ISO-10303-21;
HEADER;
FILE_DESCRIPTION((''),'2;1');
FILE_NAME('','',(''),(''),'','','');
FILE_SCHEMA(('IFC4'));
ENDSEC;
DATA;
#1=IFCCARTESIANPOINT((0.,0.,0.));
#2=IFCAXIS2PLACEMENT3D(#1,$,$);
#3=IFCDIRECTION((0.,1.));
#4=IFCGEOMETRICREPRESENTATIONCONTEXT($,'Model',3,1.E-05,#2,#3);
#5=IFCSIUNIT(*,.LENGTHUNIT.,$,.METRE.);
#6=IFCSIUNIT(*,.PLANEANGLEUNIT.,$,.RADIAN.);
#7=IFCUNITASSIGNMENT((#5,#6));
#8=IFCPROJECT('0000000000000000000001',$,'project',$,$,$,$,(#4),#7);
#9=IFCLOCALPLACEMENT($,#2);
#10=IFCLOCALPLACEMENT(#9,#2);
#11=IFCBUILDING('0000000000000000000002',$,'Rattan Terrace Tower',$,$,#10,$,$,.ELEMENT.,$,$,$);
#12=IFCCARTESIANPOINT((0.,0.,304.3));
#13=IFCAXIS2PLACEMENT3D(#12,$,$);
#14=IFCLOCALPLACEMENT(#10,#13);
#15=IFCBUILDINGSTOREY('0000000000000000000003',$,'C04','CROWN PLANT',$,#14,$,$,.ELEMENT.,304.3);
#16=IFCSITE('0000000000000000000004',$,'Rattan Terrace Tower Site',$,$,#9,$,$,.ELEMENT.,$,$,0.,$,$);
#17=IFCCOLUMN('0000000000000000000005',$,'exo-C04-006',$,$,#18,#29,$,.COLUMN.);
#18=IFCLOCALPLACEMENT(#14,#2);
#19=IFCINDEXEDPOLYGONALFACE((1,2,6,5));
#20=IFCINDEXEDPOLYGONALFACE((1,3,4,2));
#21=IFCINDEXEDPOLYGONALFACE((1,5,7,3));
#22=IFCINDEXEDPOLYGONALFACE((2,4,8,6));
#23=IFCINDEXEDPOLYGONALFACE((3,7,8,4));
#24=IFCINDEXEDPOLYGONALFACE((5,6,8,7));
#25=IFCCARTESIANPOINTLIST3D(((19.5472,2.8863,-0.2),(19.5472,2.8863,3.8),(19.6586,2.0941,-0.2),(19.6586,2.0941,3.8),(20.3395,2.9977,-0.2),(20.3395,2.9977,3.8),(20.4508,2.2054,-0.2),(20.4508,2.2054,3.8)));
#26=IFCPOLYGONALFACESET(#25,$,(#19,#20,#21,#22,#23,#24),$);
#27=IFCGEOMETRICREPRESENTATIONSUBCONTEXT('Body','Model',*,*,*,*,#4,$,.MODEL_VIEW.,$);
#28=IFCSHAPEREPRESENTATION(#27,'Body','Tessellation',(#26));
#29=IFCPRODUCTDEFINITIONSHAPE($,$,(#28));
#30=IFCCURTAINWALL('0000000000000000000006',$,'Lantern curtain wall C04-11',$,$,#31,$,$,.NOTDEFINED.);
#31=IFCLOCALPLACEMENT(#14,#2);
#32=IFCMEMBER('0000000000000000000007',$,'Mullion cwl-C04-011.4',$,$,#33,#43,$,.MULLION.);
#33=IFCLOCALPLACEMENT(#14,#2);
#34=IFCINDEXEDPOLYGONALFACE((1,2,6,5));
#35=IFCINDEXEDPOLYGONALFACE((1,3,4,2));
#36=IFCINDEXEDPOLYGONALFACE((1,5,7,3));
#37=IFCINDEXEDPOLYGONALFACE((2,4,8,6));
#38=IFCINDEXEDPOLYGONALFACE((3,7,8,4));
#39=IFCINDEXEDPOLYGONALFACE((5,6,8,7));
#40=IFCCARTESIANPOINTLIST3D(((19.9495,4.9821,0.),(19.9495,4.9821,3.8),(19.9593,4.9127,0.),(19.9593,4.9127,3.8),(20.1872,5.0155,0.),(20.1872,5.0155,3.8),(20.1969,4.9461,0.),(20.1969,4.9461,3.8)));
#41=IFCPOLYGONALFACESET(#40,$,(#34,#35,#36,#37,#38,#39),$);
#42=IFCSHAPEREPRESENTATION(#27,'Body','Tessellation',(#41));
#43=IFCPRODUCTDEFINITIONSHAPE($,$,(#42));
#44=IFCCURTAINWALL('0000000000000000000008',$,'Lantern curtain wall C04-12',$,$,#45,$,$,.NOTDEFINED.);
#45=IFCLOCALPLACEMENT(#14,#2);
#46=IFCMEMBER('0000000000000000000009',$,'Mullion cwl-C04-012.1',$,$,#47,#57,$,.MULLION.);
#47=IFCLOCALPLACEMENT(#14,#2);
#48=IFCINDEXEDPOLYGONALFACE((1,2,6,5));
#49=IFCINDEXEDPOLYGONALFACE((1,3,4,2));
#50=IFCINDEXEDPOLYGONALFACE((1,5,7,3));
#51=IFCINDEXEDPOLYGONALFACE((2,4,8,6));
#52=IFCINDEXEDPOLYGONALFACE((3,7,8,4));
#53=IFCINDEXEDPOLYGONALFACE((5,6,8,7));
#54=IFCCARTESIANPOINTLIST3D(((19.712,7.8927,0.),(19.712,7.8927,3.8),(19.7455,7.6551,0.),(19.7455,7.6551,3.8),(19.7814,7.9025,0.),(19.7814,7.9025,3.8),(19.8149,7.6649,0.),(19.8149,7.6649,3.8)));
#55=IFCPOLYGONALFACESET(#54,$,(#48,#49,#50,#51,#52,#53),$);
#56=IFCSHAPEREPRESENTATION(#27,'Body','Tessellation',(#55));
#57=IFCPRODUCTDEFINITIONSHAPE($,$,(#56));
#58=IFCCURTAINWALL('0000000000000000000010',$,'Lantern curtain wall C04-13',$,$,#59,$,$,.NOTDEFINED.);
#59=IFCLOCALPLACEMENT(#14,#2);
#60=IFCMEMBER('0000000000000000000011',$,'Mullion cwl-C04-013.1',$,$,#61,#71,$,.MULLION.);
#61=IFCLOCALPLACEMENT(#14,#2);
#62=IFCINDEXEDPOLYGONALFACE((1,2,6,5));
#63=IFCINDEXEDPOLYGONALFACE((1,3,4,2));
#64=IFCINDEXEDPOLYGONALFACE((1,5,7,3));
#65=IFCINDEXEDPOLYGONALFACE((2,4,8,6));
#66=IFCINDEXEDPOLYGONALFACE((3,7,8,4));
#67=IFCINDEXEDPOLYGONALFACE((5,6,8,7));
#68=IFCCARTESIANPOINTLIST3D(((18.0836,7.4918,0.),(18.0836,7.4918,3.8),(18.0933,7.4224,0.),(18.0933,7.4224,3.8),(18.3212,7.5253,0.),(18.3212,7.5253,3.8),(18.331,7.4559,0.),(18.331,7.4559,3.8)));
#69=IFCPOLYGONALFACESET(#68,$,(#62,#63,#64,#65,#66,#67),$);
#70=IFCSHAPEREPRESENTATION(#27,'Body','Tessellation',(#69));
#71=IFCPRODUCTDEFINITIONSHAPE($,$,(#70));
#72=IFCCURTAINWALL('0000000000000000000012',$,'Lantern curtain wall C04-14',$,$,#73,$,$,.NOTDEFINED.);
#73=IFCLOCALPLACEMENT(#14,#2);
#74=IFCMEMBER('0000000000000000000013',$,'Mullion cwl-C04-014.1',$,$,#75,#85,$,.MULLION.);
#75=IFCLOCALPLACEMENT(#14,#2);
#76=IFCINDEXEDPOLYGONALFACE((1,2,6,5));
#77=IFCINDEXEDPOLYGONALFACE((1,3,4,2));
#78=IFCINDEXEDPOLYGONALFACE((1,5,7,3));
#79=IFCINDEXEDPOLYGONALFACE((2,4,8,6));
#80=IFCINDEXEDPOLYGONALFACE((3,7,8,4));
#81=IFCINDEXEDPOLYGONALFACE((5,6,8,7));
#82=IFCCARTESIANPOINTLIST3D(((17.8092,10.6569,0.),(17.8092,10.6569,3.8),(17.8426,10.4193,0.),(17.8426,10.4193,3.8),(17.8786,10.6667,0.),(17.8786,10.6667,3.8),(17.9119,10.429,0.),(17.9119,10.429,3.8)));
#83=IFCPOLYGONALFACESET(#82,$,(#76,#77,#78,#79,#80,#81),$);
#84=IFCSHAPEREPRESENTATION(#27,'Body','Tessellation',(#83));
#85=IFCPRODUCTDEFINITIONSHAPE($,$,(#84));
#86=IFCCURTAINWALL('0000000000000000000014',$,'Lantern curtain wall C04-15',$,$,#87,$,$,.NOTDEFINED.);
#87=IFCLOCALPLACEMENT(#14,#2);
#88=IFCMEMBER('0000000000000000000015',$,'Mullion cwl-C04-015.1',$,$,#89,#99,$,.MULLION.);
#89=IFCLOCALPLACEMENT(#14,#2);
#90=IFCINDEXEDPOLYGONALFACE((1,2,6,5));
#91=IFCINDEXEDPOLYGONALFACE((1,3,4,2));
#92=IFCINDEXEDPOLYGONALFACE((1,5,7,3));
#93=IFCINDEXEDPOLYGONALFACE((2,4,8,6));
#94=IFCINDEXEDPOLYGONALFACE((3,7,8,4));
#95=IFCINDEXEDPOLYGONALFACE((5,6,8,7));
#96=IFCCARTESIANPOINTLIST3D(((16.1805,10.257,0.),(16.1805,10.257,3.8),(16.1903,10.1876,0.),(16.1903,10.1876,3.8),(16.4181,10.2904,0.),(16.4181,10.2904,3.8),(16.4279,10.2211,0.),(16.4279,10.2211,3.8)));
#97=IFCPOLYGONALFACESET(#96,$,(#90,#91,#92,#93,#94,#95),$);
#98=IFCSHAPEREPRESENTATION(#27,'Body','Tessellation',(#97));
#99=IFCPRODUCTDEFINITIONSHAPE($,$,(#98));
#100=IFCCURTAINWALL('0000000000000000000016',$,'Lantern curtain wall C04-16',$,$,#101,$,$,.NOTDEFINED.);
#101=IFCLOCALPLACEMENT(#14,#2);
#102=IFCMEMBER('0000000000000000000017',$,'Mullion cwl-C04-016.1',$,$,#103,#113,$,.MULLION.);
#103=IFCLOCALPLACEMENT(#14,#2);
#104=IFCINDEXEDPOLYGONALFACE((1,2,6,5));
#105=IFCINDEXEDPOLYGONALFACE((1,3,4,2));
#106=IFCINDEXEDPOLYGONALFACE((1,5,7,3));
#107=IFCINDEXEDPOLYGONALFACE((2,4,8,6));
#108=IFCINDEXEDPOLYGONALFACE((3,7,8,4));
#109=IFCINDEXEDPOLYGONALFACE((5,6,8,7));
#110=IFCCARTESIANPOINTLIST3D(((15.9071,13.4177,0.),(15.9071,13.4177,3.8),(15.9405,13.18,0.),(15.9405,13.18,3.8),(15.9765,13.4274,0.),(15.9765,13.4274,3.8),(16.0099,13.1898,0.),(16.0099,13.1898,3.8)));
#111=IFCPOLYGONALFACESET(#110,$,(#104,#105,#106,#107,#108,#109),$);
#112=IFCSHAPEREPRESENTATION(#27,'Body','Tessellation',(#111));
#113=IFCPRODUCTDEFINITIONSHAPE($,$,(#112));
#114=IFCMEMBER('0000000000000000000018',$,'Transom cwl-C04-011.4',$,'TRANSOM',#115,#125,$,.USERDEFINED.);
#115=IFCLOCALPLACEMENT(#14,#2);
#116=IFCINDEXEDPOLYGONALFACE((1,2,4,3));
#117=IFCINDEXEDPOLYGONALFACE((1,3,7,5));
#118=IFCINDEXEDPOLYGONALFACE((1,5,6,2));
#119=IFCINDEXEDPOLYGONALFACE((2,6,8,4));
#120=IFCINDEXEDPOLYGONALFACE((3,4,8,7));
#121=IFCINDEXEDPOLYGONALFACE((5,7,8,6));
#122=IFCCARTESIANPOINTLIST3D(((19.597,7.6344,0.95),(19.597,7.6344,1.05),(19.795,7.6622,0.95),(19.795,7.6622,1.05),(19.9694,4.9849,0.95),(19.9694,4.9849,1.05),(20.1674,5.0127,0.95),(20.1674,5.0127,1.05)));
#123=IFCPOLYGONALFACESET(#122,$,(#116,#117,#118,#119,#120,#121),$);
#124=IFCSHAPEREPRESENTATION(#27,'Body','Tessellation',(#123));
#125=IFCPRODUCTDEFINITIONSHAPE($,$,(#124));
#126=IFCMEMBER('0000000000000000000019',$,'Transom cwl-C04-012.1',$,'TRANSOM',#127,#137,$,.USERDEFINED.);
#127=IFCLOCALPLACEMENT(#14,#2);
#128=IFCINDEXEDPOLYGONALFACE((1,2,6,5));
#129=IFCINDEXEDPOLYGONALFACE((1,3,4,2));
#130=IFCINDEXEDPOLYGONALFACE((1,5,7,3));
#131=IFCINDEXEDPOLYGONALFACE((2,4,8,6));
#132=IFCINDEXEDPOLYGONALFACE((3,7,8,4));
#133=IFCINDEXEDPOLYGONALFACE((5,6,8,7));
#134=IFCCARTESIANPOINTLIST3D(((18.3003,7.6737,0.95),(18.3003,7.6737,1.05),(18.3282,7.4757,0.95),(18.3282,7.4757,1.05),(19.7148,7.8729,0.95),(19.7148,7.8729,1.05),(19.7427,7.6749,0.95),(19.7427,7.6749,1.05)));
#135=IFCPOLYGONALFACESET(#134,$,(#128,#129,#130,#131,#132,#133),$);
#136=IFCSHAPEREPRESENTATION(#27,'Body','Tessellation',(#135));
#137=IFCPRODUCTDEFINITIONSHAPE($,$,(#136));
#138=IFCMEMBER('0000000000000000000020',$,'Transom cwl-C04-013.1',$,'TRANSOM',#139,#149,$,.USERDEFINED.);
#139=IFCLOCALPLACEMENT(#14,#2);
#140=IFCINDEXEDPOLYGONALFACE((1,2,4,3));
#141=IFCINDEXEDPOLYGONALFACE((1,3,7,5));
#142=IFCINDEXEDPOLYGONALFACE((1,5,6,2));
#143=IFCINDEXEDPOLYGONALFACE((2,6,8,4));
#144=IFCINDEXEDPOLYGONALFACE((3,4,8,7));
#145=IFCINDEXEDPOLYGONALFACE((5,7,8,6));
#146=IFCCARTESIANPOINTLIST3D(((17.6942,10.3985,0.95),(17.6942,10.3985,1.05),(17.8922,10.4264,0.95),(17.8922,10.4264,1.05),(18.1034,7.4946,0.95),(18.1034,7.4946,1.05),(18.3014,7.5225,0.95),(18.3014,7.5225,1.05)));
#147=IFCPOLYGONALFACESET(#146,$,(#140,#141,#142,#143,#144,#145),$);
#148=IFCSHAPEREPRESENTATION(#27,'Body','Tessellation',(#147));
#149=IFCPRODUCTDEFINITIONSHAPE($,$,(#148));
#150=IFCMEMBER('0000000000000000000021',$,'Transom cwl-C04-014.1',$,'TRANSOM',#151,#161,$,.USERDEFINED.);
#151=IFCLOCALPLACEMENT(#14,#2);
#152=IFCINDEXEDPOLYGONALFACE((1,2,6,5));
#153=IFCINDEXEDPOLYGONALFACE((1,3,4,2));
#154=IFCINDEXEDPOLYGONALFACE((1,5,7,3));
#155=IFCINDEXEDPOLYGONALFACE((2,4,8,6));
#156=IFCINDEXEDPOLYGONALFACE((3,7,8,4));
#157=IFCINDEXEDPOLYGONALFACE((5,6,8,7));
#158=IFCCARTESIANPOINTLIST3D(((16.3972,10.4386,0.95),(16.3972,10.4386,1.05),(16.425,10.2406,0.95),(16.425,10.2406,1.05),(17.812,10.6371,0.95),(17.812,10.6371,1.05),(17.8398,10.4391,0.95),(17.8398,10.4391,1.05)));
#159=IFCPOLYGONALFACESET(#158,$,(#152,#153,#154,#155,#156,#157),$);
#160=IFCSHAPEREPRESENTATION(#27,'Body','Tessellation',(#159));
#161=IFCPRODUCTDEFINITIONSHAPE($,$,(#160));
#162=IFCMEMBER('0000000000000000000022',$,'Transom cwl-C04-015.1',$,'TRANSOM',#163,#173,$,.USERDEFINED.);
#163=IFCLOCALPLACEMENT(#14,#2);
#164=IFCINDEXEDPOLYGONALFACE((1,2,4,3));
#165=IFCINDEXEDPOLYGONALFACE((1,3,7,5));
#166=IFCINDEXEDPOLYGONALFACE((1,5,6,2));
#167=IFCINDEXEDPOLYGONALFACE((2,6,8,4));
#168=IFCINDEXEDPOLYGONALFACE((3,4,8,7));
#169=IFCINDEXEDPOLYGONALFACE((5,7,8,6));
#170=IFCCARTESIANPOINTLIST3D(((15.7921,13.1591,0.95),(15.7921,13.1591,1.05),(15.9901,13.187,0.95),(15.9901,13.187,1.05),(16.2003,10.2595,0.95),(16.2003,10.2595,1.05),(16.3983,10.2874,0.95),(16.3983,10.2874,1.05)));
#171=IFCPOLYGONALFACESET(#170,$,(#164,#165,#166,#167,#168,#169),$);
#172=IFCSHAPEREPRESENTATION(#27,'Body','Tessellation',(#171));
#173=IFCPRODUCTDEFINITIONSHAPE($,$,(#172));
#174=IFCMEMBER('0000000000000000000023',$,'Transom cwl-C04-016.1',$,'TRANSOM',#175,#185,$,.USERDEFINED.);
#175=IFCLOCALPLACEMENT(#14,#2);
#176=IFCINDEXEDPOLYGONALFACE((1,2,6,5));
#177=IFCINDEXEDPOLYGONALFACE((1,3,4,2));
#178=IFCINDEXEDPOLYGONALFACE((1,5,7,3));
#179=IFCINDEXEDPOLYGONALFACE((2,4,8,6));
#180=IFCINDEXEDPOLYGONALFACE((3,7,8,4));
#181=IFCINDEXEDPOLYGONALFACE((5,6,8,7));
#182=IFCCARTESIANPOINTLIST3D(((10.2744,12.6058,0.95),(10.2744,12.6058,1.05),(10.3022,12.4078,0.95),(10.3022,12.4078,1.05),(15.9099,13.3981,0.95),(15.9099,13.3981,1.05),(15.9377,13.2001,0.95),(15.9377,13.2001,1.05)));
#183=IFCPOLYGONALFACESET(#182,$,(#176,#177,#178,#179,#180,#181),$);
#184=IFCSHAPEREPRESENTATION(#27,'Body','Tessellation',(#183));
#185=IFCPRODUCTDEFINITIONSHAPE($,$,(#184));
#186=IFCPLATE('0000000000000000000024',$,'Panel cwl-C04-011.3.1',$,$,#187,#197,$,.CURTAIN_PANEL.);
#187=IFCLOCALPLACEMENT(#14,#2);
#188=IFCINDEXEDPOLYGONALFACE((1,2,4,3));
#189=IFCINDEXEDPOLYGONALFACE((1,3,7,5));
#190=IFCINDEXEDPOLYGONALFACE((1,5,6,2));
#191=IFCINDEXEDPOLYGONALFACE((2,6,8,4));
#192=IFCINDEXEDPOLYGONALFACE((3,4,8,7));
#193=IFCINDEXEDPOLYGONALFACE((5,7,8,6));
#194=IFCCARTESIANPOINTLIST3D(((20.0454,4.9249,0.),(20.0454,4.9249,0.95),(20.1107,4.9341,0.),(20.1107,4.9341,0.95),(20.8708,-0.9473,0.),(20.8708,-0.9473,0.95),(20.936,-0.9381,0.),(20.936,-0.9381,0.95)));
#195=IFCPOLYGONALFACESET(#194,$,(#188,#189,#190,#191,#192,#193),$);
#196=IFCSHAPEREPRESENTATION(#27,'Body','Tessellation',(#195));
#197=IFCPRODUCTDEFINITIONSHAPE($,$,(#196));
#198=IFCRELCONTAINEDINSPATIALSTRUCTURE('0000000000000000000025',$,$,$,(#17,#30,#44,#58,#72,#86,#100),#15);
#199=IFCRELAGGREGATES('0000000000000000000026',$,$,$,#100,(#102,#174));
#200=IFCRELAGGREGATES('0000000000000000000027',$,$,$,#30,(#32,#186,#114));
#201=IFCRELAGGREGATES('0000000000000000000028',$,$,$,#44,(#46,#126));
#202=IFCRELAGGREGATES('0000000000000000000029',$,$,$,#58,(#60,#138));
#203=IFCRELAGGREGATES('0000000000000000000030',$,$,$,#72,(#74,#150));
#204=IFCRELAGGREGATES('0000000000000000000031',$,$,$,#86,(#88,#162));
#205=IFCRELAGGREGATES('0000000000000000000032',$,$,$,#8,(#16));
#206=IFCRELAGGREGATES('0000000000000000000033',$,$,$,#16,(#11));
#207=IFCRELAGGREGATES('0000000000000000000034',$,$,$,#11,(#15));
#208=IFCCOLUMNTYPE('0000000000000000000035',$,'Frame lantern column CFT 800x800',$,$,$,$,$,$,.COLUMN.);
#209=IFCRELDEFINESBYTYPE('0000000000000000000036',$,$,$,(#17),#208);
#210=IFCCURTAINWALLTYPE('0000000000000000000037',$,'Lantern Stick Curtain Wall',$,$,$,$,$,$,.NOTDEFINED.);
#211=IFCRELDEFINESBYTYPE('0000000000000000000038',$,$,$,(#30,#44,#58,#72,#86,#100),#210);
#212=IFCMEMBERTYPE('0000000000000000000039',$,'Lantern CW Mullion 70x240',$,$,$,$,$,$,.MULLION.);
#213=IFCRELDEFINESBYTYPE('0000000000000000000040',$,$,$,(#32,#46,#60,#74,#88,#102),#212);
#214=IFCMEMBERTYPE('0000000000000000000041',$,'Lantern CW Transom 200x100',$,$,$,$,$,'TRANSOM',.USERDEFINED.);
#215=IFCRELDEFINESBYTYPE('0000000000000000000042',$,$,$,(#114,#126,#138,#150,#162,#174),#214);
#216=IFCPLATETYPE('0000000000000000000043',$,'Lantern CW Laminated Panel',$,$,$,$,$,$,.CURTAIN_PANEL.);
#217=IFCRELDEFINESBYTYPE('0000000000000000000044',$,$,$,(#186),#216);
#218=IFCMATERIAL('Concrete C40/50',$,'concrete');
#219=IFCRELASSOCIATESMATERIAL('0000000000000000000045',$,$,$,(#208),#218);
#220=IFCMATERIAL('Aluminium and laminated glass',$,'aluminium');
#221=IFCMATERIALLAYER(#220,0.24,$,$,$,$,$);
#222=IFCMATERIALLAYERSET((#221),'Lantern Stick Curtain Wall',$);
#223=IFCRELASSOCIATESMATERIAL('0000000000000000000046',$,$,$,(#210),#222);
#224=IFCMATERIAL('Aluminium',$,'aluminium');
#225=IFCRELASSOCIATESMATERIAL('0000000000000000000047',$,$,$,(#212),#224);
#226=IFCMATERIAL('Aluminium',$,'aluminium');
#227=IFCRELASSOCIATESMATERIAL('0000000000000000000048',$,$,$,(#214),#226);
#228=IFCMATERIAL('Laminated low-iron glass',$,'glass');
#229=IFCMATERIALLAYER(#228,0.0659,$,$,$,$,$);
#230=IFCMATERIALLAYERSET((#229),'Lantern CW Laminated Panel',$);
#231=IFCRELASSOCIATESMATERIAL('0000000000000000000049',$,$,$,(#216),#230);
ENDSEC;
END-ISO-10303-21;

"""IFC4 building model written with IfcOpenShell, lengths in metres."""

from ifc_helpers import new_model, si_unit, direction, frame, origin, origin_2d, place, context, subcontext, project, spatial, rectangle, extrude, material, layer, layer_set, material_profile, profile_set, type_object, element, aggregate, save


model = new_model("IFC4")

# Units and contexts
model_context = context("Model", 3, precision=1e-05, world=origin(), true_north=direction((0.0, 1.0)))
body_context = subcontext(model_context, "Body", "Model", "MODEL_VIEW")
ifc_project = project(units=[si_unit("LENGTHUNIT", "METRE"), si_unit("PLANEANGLEUNIT", "RADIAN")], contexts=[model_context])

# Site, building, storey
site_placement = place(None, origin())
site = spatial("IfcSite", under=ifc_project, at=site_placement, Name="Rattan Terrace Tower Site", CompositionType="ELEMENT", RefElevation=0.0)
building_placement = place(site_placement, origin())
building = spatial("IfcBuilding", under=site, at=building_placement, Name="Rattan Terrace Tower", CompositionType="ELEMENT")
storey_placement = place(building_placement, frame((0.0, 0.0, 304.3)))
storey = spatial("IfcBuildingStorey", under=building, at=storey_placement, Name="C04", Description="CROWN PLANT", CompositionType="ELEMENT", Elevation=304.3)

# Column
ifc_material_1 = material(Name="Concrete C40/50", Category="concrete")
ifc_material_profile_1 = material_profile(ifc_material_1, rectangle(XDim=0.8, YDim=0.8, at=origin_2d()), Name="CFT 800x800")
ifc_profile_set_1 = profile_set([ifc_material_profile_1], Name="Concrete C40/50")
column_type = type_object("IfcColumnType", Name="Frame lantern column CFT 800x800", PredefinedType="COLUMN", material=ifc_profile_set_1)
column_placement = place(storey_placement, frame((19.999, 2.5459, -0.2), z_axis=(0.0, 0.0, 1.0), x_axis=(-0.13919, 0.990266, 0.0)))
element("IfcColumn", 1, at=column_placement, inside=storey, type_object=column_type, Name="exo-C04-006", PredefinedType="COLUMN", context=body_context, shape_type="SweptSolid", body=[
    extrude(rectangle(XDim=0.8, YDim=0.8, at=origin_2d()), origin(), (0.0, 0.0, 1.0), 4.0),
])

# Curtain walls, members
ifc_material_2 = material(Name="Aluminium and laminated glass", Category="aluminium")
ifc_layer_1 = layer(ifc_material_2, 0.24)
ifc_layer_set_1 = layer_set([ifc_layer_1], Name="Lantern Stick Curtain Wall")
curtain_wall_type = type_object("IfcCurtainWallType", Name="Lantern Stick Curtain Wall", PredefinedType="NOTDEFINED", material=ifc_layer_set_1)
curtain_wall_1_placement = place(storey_placement, origin())
curtain_wall_1 = element("IfcCurtainWall", 2, at=curtain_wall_1_placement, inside=storey, type_object=curtain_wall_type, Name="Lantern curtain wall C04-11", PredefinedType="NOTDEFINED")
ifc_material_3 = material(Name="Aluminium", Category="aluminium")
ifc_material_profile_2 = material_profile(ifc_material_3, rectangle(XDim=0.0701, YDim=0.24, at=origin_2d()), Name="Aluminium 70x240")
ifc_profile_set_2 = profile_set([ifc_material_profile_2], Name="Aluminium")
member_type_1 = type_object("IfcMemberType", Name="Lantern CW Mullion 70x240", PredefinedType="MULLION", material=ifc_profile_set_2)
member_1_placement = place(storey_placement, frame((20.0732, 4.9641, 0.0), z_axis=(0.0, 0.0, 1.0), x_axis=(-0.139188, 0.990266, 0.0)))
member_1 = element("IfcMember", 3, at=member_1_placement, type_object=member_type_1, Name="Mullion cwl-C04-011.4", PredefinedType="MULLION", context=body_context, shape_type="SweptSolid", body=[
    extrude(rectangle(XDim=0.0701, YDim=0.24, at=origin_2d()), origin(), (0.0, 0.0, 1.0), 3.8),
])
curtain_wall_2_placement = place(storey_placement, origin())
curtain_wall_2 = element("IfcCurtainWall", 4, at=curtain_wall_2_placement, inside=storey, type_object=curtain_wall_type, Name="Lantern curtain wall C04-12", PredefinedType="NOTDEFINED")
member_2_placement = place(storey_placement, frame((19.7634, 7.7788, 0.0), z_axis=(0.0, 0.0, 1.0), x_axis=(-0.990228, -0.139459, 0.0)))
member_2 = element("IfcMember", 5, at=member_2_placement, type_object=member_type_1, Name="Mullion cwl-C04-012.1", PredefinedType="MULLION", context=body_context, shape_type="SweptSolid", body=[
    extrude(rectangle(XDim=0.0701, YDim=0.24, at=origin_2d()), origin(), (0.0, 0.0, 1.0), 3.8),
])
curtain_wall_3_placement = place(storey_placement, origin())
curtain_wall_3 = element("IfcCurtainWall", 6, at=curtain_wall_3_placement, inside=storey, type_object=curtain_wall_type, Name="Lantern curtain wall C04-13", PredefinedType="NOTDEFINED")
member_3_placement = place(storey_placement, frame((18.2073, 7.4739, 0.0), z_axis=(0.0, 0.0, 1.0), x_axis=(-0.139556, 0.990214, 0.0)))
member_3 = element("IfcMember", 7, at=member_3_placement, type_object=member_type_1, Name="Mullion cwl-C04-013.1", PredefinedType="MULLION", context=body_context, shape_type="SweptSolid", body=[
    extrude(rectangle(XDim=0.0701, YDim=0.24, at=origin_2d()), origin(), (0.0, 0.0, 1.0), 3.8),
])
curtain_wall_4_placement = place(storey_placement, origin())
curtain_wall_4 = element("IfcCurtainWall", 8, at=curtain_wall_4_placement, inside=storey, type_object=curtain_wall_type, Name="Lantern curtain wall C04-14", PredefinedType="NOTDEFINED")
member_4_placement = place(storey_placement, frame((17.8606, 10.543, 0.0), z_axis=(0.0, 0.0, 1.0), x_axis=(-0.99032, -0.138805, 0.0)))
member_4 = element("IfcMember", 9, at=member_4_placement, type_object=member_type_1, Name="Mullion cwl-C04-014.1", PredefinedType="MULLION", context=body_context, shape_type="SweptSolid", body=[
    extrude(rectangle(XDim=0.0701, YDim=0.24, at=origin_2d()), origin(), (0.0, 0.0, 1.0), 3.8),
])
curtain_wall_5_placement = place(storey_placement, origin())
curtain_wall_5 = element("IfcCurtainWall", 10, at=curtain_wall_5_placement, inside=storey, type_object=curtain_wall_type, Name="Lantern curtain wall C04-15", PredefinedType="NOTDEFINED")
member_5_placement = place(storey_placement, frame((16.3042, 10.239, 0.0), z_axis=(0.0, 0.0, 1.0), x_axis=(-0.139413, 0.990234, 0.0)))
member_5 = element("IfcMember", 11, at=member_5_placement, type_object=member_type_1, Name="Mullion cwl-C04-015.1", PredefinedType="MULLION", context=body_context, shape_type="SweptSolid", body=[
    extrude(rectangle(XDim=0.0701, YDim=0.24, at=origin_2d()), origin(), (0.0, 0.0, 1.0), 3.8),
])
curtain_wall_6_placement = place(storey_placement, origin())
curtain_wall_6 = element("IfcCurtainWall", 12, at=curtain_wall_6_placement, inside=storey, type_object=curtain_wall_type, Name="Lantern curtain wall C04-16", PredefinedType="NOTDEFINED")
member_6_placement = place(storey_placement, frame((15.9585, 13.3037, 0.0), z_axis=(0.0, 0.0, 1.0), x_axis=(-0.990267, -0.139181, 0.0)))
member_6 = element("IfcMember", 13, at=member_6_placement, type_object=member_type_1, Name="Mullion cwl-C04-016.1", PredefinedType="MULLION", context=body_context, shape_type="SweptSolid", body=[
    extrude(rectangle(XDim=0.0701, YDim=0.24, at=origin_2d()), origin(), (0.0, 0.0, 1.0), 3.8),
])

# Members
ifc_material_4 = material(Name="Aluminium", Category="aluminium")
ifc_material_profile_3 = material_profile(ifc_material_4, rectangle(XDim=0.2, YDim=0.1001, at=origin_2d()), Name="Aluminium 200x100")
ifc_profile_set_3 = profile_set([ifc_material_profile_3], Name="Aluminium")
member_type_2 = type_object("IfcMemberType", Name="Lantern CW Transom 200x100", ElementType="TRANSOM", PredefinedType="USERDEFINED", material=ifc_profile_set_3)
member_7_placement = place(storey_placement, frame((20.0684, 4.9988, 1.0), z_axis=(-0.13916, 0.99027, 0.0), x_axis=(-0.99027, -0.13916, 0.0)))
member_7 = element("IfcMember", 14, at=member_7_placement, type_object=member_type_2, Name="Transom cwl-C04-011.4", ObjectType="TRANSOM", PredefinedType="USERDEFINED", context=body_context, shape_type="SweptSolid", body=[
    extrude(rectangle(XDim=0.2, YDim=0.1001, at=origin_2d()), origin(), (0.0, 0.0, 1.0), 2.6755),
])
member_8_placement = place(storey_placement, frame((19.7288, 7.7739, 1.0), z_axis=(-0.990228, -0.139459, 0.0), x_axis=(0.139459, -0.990228, 0.0)))
member_8 = element("IfcMember", 15, at=member_8_placement, type_object=member_type_2, Name="Transom cwl-C04-012.1", ObjectType="TRANSOM", PredefinedType="USERDEFINED", context=body_context, shape_type="SweptSolid", body=[
    extrude(rectangle(XDim=0.2, YDim=0.1001, at=origin_2d()), origin(), (0.0, 0.0, 1.0), 1.4285),
])
member_9_placement = place(storey_placement, frame((18.2024, 7.5085, 1.0), z_axis=(-0.139533, 0.990217, 0.0), x_axis=(-0.990217, -0.139533, 0.0)))
member_9 = element("IfcMember", 16, at=member_9_placement, type_object=member_type_2, Name="Transom cwl-C04-013.1", ObjectType="TRANSOM", PredefinedType="USERDEFINED", context=body_context, shape_type="SweptSolid", body=[
    extrude(rectangle(XDim=0.2, YDim=0.1001, at=origin_2d()), origin(), (0.0, 0.0, 1.0), 2.9326),
])
member_10_placement = place(storey_placement, frame((17.8259, 10.5381, 1.0), z_axis=(-0.990302, -0.138933, 0.0), x_axis=(0.138933, -0.990302, 0.0)))
member_10 = element("IfcMember", 17, at=member_10_placement, type_object=member_type_2, Name="Transom cwl-C04-014.1", ObjectType="TRANSOM", PredefinedType="USERDEFINED", context=body_context, shape_type="SweptSolid", body=[
    extrude(rectangle(XDim=0.2, YDim=0.1001, at=origin_2d()), origin(), (0.0, 0.0, 1.0), 1.4287),
])
member_11_placement = place(storey_placement, frame((16.2993, 10.2734, 1.0), z_axis=(-0.139402, 0.990236, 0.0), x_axis=(-0.990236, -0.139402, 0.0)))
member_11 = element("IfcMember", 18, at=member_11_placement, type_object=member_type_2, Name="Transom cwl-C04-015.1", ObjectType="TRANSOM", PredefinedType="USERDEFINED", context=body_context, shape_type="SweptSolid", body=[
    extrude(rectangle(XDim=0.2, YDim=0.1001, at=origin_2d()), origin(), (0.0, 0.0, 1.0), 2.9282),
])
member_12_placement = place(storey_placement, frame((15.9238, 13.2991, 1.0), z_axis=(-0.990263, -0.139211, 0.0), x_axis=(0.139211, -0.990263, 0.0)))
member_12 = element("IfcMember", 19, at=member_12_placement, type_object=member_type_2, Name="Transom cwl-C04-016.1", ObjectType="TRANSOM", PredefinedType="USERDEFINED", context=body_context, shape_type="SweptSolid", body=[
    extrude(rectangle(XDim=0.2, YDim=0.1001, at=origin_2d()), origin(), (0.0, 0.0, 1.0), 5.6909),
])
aggregate(curtain_wall_6, [member_6, member_12])

# Plate
ifc_material_5 = material(Name="Laminated low-iron glass", Category="glass")
ifc_layer_2 = layer(ifc_material_5, 0.0659)
ifc_layer_set_2 = layer_set([ifc_layer_2], Name="Lantern CW Laminated Panel")
plate_type = type_object("IfcPlateType", Name="Lantern CW Laminated Panel", PredefinedType="CURTAIN_PANEL", material=ifc_layer_set_2)
plate_1_placement = place(storey_placement, frame((20.4907, 1.9934, 0.0), z_axis=(0.0, 0.0, 1.0), x_axis=(-0.139188, 0.990266, 0.0)))
plate_1 = element("IfcPlate", 20, at=plate_1_placement, type_object=plate_type, Name="Panel cwl-C04-011.3.1", PredefinedType="CURTAIN_PANEL", context=body_context, shape_type="SweptSolid", body=[
    extrude(rectangle(XDim=5.9299, YDim=0.0659, at=origin_2d()), origin(), (0.0, 0.0, 1.0), 0.95),
])
aggregate(curtain_wall_1, [member_1, plate_1, member_7])
aggregate(curtain_wall_2, [member_2, member_8])
aggregate(curtain_wall_3, [member_3, member_9])
aggregate(curtain_wall_4, [member_4, member_10])
aggregate(curtain_wall_5, [member_5, member_11])

save(model, "model.ifc")
